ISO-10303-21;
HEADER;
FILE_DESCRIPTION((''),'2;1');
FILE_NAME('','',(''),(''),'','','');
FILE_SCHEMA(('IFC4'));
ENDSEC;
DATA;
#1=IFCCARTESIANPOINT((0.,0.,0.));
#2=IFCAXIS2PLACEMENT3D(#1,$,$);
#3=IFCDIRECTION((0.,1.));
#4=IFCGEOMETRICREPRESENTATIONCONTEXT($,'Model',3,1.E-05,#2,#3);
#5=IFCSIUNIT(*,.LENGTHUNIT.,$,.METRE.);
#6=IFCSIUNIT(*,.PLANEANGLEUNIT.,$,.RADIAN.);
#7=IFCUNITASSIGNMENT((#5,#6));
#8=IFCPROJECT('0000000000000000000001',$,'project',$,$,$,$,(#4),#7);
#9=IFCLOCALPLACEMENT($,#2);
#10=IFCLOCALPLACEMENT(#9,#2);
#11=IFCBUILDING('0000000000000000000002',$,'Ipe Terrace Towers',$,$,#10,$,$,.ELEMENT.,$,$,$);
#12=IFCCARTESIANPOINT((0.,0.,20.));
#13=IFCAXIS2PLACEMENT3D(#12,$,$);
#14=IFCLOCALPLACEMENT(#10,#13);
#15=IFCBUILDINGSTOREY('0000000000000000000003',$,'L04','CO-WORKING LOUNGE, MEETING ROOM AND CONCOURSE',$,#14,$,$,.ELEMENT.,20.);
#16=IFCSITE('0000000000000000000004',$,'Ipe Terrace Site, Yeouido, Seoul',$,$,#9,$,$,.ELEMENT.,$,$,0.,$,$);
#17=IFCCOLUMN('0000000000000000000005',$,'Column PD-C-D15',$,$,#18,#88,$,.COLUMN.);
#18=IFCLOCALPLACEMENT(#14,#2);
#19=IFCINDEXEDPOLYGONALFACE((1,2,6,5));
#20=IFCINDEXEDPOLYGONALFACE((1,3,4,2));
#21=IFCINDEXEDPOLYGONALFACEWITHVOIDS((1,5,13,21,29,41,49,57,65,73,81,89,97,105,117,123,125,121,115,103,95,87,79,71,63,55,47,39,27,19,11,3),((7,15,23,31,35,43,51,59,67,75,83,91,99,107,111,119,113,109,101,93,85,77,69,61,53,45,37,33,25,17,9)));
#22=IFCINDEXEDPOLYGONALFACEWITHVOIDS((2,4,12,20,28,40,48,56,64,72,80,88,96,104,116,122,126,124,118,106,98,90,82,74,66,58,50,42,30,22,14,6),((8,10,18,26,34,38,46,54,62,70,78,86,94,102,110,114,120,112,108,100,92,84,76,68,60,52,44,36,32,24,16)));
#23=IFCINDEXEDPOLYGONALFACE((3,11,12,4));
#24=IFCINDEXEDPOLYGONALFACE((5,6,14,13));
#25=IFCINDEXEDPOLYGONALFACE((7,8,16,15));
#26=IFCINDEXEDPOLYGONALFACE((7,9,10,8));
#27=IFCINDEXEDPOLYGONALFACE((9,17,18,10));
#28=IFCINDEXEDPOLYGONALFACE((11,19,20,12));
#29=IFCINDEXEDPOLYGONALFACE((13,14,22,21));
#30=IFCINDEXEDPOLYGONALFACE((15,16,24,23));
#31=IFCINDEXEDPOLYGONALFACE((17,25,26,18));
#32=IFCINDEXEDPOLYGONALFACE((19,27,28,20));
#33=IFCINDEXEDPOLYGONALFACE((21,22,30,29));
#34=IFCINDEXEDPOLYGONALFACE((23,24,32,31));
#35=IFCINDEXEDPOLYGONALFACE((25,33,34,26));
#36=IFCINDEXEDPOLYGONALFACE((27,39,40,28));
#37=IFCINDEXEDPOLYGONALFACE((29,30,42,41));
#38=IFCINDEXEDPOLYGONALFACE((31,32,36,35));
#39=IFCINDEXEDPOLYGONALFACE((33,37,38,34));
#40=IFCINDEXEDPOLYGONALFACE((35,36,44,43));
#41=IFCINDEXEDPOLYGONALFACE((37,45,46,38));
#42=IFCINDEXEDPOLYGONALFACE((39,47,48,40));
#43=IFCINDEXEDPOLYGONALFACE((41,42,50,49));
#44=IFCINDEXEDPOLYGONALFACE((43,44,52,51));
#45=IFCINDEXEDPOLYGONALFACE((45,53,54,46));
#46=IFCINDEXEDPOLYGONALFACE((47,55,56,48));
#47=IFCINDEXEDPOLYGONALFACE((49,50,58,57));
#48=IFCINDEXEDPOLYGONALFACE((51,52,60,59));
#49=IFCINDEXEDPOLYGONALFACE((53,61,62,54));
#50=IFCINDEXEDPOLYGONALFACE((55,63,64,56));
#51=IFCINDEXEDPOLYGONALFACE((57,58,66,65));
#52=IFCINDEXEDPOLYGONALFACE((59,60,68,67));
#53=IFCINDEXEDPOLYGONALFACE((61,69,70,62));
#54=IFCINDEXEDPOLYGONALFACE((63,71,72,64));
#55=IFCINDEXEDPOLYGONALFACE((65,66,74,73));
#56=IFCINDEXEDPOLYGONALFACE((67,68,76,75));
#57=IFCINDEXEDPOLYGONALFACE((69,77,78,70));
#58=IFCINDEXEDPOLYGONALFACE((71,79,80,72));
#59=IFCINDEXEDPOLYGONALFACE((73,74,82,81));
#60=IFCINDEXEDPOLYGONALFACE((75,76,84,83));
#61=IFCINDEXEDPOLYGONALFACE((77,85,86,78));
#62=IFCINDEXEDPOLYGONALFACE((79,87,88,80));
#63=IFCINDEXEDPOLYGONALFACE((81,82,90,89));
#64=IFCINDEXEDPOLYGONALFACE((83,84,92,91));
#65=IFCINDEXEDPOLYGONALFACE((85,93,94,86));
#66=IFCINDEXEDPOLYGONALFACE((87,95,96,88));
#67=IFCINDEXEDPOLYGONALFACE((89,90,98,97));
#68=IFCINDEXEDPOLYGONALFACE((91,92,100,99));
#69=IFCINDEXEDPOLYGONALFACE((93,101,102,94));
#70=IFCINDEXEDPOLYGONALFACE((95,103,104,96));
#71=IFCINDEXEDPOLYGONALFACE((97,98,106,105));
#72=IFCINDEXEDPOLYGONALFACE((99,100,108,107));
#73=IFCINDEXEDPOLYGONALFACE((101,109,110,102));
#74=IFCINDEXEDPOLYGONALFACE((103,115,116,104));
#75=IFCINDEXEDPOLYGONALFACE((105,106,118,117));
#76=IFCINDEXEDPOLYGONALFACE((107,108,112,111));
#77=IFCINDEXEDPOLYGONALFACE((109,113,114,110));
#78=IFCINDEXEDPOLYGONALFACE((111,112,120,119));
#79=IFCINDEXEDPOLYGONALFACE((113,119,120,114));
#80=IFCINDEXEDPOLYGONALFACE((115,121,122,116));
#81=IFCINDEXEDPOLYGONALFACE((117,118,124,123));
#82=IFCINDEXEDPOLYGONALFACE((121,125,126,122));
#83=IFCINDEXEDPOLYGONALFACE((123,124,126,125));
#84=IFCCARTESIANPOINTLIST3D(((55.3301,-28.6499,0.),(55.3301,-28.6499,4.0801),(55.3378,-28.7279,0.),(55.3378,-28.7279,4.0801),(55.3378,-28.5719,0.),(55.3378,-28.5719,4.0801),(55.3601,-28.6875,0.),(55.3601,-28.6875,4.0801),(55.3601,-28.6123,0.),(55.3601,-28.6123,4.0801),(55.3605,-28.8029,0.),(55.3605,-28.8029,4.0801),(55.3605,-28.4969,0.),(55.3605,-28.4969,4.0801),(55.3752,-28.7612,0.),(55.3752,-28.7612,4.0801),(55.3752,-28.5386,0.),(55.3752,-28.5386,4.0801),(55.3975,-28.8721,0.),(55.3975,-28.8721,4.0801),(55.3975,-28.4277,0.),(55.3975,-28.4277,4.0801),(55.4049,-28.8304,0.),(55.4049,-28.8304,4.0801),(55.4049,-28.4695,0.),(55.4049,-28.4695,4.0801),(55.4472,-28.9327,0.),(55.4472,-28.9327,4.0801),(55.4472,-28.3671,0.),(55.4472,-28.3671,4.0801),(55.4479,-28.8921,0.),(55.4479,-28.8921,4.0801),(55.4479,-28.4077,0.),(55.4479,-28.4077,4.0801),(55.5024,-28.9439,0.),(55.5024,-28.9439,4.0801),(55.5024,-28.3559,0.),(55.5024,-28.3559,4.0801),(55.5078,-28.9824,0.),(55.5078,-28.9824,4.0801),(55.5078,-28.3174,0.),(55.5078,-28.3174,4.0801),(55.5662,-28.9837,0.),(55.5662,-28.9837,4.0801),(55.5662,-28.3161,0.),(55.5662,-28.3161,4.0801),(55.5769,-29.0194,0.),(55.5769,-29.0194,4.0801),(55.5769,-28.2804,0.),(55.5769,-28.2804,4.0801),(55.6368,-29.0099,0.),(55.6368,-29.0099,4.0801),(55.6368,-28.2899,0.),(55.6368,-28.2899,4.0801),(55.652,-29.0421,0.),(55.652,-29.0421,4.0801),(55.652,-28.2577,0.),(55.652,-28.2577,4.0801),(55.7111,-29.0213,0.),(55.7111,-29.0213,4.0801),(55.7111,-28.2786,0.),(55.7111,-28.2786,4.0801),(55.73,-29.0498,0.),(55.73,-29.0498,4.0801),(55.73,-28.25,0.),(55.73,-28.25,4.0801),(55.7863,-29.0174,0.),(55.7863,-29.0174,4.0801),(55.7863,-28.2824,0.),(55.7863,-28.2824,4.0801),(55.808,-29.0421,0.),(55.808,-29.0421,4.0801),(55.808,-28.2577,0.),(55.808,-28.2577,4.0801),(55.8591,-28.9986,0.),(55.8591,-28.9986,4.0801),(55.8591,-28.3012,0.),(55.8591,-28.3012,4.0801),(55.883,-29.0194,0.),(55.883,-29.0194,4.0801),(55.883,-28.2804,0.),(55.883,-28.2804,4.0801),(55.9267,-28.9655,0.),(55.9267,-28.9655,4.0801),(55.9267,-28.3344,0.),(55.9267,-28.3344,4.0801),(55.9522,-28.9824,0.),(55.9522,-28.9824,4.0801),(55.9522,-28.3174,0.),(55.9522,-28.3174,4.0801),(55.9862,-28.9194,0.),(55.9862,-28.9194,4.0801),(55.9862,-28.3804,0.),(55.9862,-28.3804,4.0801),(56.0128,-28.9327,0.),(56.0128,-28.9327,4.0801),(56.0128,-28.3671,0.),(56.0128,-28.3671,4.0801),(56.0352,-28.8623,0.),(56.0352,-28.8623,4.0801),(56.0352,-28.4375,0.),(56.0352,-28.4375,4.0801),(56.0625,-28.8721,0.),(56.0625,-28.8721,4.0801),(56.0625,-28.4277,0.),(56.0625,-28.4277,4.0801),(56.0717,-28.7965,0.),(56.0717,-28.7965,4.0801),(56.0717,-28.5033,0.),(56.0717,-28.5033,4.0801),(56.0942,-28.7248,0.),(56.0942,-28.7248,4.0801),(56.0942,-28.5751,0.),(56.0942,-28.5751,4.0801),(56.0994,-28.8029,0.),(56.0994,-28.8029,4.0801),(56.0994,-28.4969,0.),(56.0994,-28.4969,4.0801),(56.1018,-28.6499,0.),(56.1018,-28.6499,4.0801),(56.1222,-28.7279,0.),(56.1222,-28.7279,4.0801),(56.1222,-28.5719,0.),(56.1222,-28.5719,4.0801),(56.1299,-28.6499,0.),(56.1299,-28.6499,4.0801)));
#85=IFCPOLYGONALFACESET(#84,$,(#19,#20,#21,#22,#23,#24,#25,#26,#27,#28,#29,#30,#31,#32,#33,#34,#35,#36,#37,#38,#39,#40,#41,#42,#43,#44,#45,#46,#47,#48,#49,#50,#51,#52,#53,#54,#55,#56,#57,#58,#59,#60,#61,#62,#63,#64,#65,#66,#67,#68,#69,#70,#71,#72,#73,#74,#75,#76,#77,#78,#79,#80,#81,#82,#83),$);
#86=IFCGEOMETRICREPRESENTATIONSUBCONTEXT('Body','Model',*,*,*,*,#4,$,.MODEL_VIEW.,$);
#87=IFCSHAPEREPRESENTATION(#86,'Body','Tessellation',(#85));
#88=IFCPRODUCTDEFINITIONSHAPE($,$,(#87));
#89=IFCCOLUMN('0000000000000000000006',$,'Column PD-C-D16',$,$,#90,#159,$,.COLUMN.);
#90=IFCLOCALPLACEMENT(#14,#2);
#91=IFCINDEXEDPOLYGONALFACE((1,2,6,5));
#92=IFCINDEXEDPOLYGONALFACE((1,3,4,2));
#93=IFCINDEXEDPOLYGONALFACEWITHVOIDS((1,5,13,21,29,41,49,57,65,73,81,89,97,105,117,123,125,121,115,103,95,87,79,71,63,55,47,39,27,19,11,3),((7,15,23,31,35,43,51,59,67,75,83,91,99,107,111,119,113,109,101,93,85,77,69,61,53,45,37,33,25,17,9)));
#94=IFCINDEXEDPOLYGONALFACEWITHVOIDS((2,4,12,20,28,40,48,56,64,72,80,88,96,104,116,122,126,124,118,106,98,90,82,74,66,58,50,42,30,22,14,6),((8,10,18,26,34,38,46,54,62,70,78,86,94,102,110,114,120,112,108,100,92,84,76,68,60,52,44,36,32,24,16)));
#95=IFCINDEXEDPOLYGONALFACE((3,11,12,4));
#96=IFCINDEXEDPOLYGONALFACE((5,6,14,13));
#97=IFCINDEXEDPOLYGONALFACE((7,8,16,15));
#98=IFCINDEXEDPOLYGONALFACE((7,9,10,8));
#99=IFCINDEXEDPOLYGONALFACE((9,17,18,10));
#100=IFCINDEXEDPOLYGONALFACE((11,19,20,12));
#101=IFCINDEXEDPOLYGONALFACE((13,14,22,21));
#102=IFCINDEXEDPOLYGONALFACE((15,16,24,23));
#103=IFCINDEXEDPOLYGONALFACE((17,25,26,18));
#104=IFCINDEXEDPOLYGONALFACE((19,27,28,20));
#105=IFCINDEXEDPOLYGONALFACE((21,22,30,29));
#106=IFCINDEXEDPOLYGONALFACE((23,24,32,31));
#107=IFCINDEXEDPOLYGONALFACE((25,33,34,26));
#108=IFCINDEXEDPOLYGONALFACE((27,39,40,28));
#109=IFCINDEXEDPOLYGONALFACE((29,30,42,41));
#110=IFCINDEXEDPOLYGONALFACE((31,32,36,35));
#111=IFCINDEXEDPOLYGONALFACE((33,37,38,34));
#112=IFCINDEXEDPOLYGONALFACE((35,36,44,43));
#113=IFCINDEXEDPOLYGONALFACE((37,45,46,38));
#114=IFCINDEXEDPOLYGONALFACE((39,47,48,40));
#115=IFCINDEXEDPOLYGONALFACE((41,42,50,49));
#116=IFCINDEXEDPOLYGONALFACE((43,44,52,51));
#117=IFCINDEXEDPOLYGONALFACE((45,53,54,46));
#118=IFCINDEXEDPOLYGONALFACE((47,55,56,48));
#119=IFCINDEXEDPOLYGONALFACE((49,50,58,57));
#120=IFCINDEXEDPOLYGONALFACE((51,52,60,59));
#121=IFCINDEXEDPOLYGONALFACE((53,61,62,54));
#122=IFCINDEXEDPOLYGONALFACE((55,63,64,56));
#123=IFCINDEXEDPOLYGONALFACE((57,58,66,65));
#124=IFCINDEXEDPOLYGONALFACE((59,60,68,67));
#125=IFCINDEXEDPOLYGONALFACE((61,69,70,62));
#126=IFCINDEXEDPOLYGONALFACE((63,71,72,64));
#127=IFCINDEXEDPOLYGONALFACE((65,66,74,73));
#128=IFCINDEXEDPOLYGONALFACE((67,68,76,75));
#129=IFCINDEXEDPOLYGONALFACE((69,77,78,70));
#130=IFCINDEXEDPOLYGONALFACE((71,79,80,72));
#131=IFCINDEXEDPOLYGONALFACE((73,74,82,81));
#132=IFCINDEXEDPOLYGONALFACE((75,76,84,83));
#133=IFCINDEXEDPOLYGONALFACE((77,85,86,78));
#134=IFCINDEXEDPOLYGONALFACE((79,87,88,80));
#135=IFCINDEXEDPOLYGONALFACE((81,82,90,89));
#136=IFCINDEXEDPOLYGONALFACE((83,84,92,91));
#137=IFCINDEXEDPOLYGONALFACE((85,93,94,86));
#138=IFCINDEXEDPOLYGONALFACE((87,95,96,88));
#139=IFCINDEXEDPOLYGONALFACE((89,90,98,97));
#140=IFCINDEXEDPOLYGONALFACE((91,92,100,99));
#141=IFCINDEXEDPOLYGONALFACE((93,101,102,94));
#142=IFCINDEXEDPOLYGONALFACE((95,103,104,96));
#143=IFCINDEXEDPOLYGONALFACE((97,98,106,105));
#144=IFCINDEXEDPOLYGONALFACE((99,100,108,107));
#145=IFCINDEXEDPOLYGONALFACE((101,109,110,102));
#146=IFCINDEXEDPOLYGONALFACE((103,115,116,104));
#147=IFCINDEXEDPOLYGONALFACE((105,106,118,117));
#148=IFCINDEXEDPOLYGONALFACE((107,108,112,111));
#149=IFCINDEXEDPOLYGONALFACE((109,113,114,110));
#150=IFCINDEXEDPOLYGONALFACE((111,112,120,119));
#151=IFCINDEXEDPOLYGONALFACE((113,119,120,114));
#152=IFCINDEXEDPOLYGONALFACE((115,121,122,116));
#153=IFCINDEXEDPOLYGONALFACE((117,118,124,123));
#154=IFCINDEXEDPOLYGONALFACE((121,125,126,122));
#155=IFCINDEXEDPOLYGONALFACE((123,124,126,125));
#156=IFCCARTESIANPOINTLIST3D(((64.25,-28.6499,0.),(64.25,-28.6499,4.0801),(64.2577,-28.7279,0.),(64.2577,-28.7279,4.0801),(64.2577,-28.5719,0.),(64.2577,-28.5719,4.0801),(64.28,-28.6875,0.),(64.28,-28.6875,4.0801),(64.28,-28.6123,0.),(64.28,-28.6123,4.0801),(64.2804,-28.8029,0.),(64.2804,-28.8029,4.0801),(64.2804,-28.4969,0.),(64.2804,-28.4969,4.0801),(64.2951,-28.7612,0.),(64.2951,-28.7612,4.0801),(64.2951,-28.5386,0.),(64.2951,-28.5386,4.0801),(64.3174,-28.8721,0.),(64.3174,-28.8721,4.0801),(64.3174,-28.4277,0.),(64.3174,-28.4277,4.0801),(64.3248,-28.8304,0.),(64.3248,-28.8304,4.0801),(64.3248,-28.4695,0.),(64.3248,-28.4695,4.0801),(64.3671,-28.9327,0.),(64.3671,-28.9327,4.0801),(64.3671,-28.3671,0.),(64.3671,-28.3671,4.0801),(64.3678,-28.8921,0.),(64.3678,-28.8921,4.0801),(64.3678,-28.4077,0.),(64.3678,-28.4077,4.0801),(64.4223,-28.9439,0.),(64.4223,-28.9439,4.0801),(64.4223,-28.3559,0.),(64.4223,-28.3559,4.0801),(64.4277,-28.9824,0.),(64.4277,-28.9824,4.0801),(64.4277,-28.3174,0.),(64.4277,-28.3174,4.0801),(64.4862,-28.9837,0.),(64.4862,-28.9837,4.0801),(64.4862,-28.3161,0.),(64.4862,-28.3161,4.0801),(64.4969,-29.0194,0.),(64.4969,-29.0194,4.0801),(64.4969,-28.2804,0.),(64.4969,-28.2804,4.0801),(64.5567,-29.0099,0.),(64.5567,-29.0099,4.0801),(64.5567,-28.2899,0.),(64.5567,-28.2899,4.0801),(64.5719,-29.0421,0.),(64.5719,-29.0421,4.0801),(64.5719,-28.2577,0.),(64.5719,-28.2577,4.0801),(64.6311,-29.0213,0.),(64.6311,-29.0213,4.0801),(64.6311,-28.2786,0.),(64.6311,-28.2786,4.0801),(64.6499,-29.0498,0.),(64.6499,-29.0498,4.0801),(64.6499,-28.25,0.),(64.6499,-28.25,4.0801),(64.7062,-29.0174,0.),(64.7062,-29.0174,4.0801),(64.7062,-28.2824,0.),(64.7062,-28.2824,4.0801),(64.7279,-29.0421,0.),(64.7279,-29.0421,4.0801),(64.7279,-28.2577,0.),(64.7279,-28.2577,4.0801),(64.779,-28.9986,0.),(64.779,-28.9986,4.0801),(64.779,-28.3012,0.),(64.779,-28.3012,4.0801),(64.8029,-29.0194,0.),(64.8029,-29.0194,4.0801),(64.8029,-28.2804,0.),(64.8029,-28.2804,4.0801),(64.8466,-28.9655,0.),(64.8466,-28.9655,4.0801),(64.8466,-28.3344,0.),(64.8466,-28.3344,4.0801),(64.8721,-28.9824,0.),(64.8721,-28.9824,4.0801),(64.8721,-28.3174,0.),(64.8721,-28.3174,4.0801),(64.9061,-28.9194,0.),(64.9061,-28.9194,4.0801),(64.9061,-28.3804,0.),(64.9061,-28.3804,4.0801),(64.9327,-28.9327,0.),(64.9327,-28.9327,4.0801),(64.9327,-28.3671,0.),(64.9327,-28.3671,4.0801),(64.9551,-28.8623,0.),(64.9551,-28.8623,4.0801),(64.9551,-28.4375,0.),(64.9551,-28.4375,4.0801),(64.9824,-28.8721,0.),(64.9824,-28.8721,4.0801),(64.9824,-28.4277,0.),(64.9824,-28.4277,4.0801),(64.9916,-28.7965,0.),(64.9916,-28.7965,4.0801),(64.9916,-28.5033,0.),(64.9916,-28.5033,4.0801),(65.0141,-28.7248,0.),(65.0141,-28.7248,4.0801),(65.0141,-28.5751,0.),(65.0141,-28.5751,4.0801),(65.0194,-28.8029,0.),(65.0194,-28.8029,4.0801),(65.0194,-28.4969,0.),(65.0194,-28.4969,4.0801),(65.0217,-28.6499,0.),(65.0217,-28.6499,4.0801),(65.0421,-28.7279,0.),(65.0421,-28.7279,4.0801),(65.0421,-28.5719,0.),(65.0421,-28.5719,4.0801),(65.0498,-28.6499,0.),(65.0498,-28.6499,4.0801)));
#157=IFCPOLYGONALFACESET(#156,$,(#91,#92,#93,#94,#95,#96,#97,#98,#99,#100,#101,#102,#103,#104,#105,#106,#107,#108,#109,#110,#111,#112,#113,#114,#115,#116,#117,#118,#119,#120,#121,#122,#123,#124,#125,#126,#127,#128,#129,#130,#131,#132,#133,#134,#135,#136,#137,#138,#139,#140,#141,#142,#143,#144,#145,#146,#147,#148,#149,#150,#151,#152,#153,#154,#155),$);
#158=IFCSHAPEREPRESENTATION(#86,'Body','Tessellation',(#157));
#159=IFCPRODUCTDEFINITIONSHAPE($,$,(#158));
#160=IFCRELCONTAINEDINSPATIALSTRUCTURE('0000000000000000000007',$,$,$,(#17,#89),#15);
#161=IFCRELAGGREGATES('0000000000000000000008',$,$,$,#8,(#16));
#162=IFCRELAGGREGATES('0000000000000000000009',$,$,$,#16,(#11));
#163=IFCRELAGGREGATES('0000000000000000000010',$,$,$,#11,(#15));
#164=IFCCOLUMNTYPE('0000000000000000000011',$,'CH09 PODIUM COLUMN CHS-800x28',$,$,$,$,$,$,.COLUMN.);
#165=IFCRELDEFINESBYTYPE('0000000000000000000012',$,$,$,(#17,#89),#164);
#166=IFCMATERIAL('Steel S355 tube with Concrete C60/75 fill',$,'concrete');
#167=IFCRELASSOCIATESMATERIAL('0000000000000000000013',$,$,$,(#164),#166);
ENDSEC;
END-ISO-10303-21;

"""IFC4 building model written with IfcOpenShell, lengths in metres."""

from ifc_helpers import new_model, si_unit, direction, frame, origin, origin_2d, place, context, subcontext, project, spatial, hollow_circle, extrude, material, material_profile, profile_set, type_object, element, save


model = new_model("IFC4")

# Units and contexts
model_context = context("Model", 3, precision=1e-05, world=origin(), true_north=direction((0.0, 1.0)))
body_context = subcontext(model_context, "Body", "Model", "MODEL_VIEW")
ifc_project = project(units=[si_unit("LENGTHUNIT", "METRE"), si_unit("PLANEANGLEUNIT", "RADIAN")], contexts=[model_context])

# Site, building, storey
site_placement = place(None, origin())
site = spatial("IfcSite", under=ifc_project, at=site_placement, Name="Ipe Terrace Site, Yeouido, Seoul", CompositionType="ELEMENT", RefElevation=0.0)
building_placement = place(site_placement, origin())
building = spatial("IfcBuilding", under=site, at=building_placement, Name="Ipe Terrace Towers", CompositionType="ELEMENT")
storey_placement = place(building_placement, frame((0.0, 0.0, 20.0)))
storey = spatial("IfcBuildingStorey", under=building, at=storey_placement, Name="L04", Description="CO-WORKING LOUNGE, MEETING ROOM AND CONCOURSE", CompositionType="ELEMENT", Elevation=20.0)

# Columns
ifc_material_1 = material(Name="Steel S355 tube with Concrete C60/75 fill", Category="concrete")
ifc_material_profile_1 = material_profile(ifc_material_1, hollow_circle(Radius=0.3999, WallThickness=0.0281, at=origin_2d()), Name="CHS-800x28")
ifc_profile_set_1 = profile_set([ifc_material_profile_1], Name="Steel S355 tube with Concrete C60/75 fill")
column_type = type_object("IfcColumnType", Name="CH09 PODIUM COLUMN CHS-800x28", PredefinedType="COLUMN", material=ifc_profile_set_1)
for number, where, z_axis, x_axis, name in (
    (1, (55.73, -28.6499, 0.0), (0.0, 0.0, 1.0), (1.0, 0.0, 0.0), "Column PD-C-D15"),
    (2, (64.6499, -28.6499, 0.0), (0.0, 0.0, 1.0), (1.0, 0.0, 0.0), "Column PD-C-D16"),
):
    element("IfcColumn", number, at=place(storey_placement, frame(where, z_axis=z_axis, x_axis=x_axis)), inside=storey, type_object=column_type, Name=name, PredefinedType="COLUMN", context=body_context, shape_type="SweptSolid", body=[
        extrude(hollow_circle(Radius=0.3999, WallThickness=0.0281, at=origin_2d()), origin(), (0.0, 0.0, 1.0), 4.0801),
    ])

save(model, "model.ifc")
